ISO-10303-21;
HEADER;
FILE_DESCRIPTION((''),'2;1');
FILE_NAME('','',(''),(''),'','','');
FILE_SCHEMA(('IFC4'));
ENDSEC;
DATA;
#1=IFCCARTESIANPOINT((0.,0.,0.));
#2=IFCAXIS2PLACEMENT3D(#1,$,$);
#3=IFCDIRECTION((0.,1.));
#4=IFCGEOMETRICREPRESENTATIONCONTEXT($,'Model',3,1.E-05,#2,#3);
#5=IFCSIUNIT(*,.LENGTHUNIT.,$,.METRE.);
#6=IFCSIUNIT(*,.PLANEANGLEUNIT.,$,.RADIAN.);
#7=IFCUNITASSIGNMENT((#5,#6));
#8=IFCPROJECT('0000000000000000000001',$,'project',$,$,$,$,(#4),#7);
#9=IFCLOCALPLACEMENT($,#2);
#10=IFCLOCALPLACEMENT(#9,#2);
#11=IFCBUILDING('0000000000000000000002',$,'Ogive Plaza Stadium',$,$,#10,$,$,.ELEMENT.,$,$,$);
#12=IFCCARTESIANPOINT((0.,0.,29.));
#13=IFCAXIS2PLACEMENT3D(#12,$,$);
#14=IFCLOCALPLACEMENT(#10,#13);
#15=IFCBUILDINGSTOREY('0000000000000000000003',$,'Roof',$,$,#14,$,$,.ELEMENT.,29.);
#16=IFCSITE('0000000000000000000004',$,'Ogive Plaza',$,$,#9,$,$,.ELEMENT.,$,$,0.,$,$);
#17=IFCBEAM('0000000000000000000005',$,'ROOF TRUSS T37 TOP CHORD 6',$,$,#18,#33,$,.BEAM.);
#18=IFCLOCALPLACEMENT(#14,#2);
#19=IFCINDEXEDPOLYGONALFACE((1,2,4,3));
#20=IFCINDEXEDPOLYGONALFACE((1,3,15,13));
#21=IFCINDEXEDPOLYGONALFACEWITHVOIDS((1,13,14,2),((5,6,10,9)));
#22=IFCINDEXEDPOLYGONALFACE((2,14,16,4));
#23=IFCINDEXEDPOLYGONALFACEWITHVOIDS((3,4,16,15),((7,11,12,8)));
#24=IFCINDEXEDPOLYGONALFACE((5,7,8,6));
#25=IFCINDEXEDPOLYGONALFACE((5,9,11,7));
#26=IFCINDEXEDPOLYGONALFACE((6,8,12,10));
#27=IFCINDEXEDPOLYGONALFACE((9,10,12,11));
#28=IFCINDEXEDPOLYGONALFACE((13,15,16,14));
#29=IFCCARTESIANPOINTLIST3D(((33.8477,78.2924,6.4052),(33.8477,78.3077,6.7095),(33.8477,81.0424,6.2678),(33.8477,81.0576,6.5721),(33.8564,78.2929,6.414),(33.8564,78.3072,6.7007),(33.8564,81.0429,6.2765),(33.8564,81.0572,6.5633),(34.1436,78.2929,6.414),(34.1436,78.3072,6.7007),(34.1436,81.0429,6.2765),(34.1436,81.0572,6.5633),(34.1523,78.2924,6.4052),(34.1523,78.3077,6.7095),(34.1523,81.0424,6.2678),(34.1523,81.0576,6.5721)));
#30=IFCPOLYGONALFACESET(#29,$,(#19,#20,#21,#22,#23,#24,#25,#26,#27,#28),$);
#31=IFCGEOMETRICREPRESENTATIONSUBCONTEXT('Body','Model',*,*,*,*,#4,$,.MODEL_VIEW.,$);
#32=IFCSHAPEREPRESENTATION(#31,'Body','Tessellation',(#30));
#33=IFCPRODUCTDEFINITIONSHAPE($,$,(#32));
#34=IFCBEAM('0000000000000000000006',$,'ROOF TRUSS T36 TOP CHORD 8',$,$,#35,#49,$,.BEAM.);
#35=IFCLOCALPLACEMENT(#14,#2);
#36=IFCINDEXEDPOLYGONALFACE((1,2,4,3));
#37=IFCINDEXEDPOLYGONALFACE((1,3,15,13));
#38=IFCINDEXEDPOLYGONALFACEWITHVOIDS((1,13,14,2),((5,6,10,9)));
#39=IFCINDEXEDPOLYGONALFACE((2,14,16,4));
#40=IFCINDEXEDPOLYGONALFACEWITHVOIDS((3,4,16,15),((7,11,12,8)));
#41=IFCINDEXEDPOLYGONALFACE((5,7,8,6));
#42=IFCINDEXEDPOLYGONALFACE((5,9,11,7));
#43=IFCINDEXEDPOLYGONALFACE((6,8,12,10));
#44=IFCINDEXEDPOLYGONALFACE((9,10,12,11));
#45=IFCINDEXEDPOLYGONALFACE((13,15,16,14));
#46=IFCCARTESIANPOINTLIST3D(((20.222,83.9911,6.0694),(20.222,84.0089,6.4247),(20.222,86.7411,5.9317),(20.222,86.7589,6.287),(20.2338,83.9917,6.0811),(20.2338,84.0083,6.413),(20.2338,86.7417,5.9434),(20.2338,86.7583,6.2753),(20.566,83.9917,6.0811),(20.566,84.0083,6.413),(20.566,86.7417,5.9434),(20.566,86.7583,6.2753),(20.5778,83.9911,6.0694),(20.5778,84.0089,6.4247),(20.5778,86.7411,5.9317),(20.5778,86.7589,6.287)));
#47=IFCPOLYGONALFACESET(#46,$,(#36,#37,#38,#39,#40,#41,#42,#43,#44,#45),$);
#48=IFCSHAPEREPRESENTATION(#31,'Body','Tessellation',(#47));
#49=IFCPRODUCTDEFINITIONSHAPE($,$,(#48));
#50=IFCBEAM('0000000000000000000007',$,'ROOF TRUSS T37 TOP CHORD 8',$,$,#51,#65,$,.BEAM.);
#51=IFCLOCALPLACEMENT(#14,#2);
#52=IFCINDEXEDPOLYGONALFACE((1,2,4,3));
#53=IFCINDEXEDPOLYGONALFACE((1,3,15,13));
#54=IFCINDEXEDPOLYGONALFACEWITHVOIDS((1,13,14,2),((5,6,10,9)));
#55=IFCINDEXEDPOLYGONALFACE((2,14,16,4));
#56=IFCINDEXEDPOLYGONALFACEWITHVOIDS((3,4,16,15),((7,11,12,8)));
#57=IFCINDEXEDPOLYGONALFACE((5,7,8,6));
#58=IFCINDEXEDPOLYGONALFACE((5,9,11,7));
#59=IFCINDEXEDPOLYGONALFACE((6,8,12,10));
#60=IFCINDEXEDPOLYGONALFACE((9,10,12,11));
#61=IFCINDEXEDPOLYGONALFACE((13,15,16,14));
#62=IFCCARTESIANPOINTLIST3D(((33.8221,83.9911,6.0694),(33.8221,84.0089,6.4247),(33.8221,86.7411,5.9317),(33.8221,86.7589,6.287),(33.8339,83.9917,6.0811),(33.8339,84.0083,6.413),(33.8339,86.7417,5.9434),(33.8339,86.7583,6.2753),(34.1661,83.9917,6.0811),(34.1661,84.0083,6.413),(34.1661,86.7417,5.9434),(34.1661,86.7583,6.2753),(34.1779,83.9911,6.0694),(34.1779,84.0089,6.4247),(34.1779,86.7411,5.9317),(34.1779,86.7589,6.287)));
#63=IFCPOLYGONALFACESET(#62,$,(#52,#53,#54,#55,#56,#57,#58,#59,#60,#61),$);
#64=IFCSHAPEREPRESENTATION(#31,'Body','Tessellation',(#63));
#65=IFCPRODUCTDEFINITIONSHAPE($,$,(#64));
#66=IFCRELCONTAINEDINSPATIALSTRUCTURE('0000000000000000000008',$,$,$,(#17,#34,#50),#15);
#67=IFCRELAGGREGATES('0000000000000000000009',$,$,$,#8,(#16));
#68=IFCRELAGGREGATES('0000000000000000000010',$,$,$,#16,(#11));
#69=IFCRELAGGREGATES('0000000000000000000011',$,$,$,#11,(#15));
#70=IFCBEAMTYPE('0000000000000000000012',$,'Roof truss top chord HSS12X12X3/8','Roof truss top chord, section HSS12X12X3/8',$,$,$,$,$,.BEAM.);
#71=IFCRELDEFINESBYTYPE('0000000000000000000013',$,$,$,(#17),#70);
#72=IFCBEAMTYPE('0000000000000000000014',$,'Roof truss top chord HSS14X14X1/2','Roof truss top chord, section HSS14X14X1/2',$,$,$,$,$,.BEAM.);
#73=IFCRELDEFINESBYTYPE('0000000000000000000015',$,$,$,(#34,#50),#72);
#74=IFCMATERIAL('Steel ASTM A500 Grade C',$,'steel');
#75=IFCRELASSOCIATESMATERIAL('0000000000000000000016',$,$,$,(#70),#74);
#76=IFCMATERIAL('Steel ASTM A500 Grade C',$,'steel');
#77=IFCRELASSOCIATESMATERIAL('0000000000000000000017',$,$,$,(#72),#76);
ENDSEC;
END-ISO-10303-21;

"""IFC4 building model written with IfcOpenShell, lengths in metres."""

from ifc_helpers import new_model, si_unit, direction, frame, origin, origin_2d, place, context, subcontext, project, spatial, hollow_rectangle, extrude, material, material_profile, profile_set, type_object, element, save


model = new_model("IFC4")

# Units and contexts
model_context = context("Model", 3, precision=1e-05, world=origin(), true_north=direction((0.0, 1.0)))
body_context = subcontext(model_context, "Body", "Model", "MODEL_VIEW")
ifc_project = project(units=[si_unit("LENGTHUNIT", "METRE"), si_unit("PLANEANGLEUNIT", "RADIAN")], contexts=[model_context])

# Site, building, storey
site_placement = place(None, origin())
site = spatial("IfcSite", under=ifc_project, at=site_placement, Name="Ogive Plaza", CompositionType="ELEMENT", RefElevation=0.0)
building_placement = place(site_placement, origin())
building = spatial("IfcBuilding", under=site, at=building_placement, Name="Ogive Plaza Stadium", CompositionType="ELEMENT")
storey_placement = place(building_placement, frame((0.0, 0.0, 29.0)))
storey = spatial("IfcBuildingStorey", under=building, at=storey_placement, Name="Roof", CompositionType="ELEMENT", Elevation=29.0)

# Beams
ifc_material_1 = material(Name="Steel ASTM A500 Grade C", Category="steel")
ifc_material_profile_1 = material_profile(ifc_material_1, hollow_rectangle(XDim=0.3047, YDim=0.3047, WallThickness=0.0088, at=origin_2d()), Name="HSS12X12X3/8")
ifc_profile_set_1 = profile_set([ifc_material_profile_1], Name="Steel ASTM A500 Grade C")
beam_type_1 = type_object("IfcBeamType", Name="Roof truss top chord HSS12X12X3/8", Description="Roof truss top chord, section HSS12X12X3/8", PredefinedType="BEAM", material=ifc_profile_set_1)
beam_1_placement = place(storey_placement, frame((34.0, 78.3, 6.5574), z_axis=(0.0, 0.998753, -0.04992), x_axis=(-1.0, 0.0, 0.0)))
element("IfcBeam", 1, at=beam_1_placement, inside=storey, type_object=beam_type_1, Name="ROOF TRUSS T37 TOP CHORD 6", PredefinedType="BEAM", context=body_context, shape_type="SweptSolid", body=[
    extrude(hollow_rectangle(XDim=0.3047, YDim=0.3047, WallThickness=0.0088, at=origin_2d()), origin(), (0.0, 0.0, 1.0), 2.7534),
])
ifc_material_2 = material(Name="Steel ASTM A500 Grade C", Category="steel")
ifc_material_profile_2 = material_profile(ifc_material_2, hollow_rectangle(XDim=0.3557, YDim=0.3557, WallThickness=0.0117, at=origin_2d()), Name="HSS14X14X1/2")
ifc_profile_set_2 = profile_set([ifc_material_profile_2], Name="Steel ASTM A500 Grade C")
beam_type_2 = type_object("IfcBeamType", Name="Roof truss top chord HSS14X14X1/2", Description="Roof truss top chord, section HSS14X14X1/2", PredefinedType="BEAM", material=ifc_profile_set_2)
for number, where, z_axis, x_axis, name in (
    (2, (20.3999, 84.0, 6.2471), (0.0, 0.998749, -0.050008), (-1.0, 0.0, 0.0), "ROOF TRUSS T36 TOP CHORD 8"),
    (3, (34.0, 84.0, 6.2471), (0.0, 0.998749, -0.050008), (-1.0, 0.0, 0.0), "ROOF TRUSS T37 TOP CHORD 8"),
):
    element("IfcBeam", number, at=place(storey_placement, frame(where, z_axis=z_axis, x_axis=x_axis)), inside=storey, type_object=beam_type_2, Name=name, PredefinedType="BEAM", context=body_context, shape_type="SweptSolid", body=[
        extrude(hollow_rectangle(XDim=0.3557, YDim=0.3557, WallThickness=0.0117, at=origin_2d()), origin(), (0.0, 0.0, 1.0), 2.7534),
    ])

save(model, "model.ifc")
